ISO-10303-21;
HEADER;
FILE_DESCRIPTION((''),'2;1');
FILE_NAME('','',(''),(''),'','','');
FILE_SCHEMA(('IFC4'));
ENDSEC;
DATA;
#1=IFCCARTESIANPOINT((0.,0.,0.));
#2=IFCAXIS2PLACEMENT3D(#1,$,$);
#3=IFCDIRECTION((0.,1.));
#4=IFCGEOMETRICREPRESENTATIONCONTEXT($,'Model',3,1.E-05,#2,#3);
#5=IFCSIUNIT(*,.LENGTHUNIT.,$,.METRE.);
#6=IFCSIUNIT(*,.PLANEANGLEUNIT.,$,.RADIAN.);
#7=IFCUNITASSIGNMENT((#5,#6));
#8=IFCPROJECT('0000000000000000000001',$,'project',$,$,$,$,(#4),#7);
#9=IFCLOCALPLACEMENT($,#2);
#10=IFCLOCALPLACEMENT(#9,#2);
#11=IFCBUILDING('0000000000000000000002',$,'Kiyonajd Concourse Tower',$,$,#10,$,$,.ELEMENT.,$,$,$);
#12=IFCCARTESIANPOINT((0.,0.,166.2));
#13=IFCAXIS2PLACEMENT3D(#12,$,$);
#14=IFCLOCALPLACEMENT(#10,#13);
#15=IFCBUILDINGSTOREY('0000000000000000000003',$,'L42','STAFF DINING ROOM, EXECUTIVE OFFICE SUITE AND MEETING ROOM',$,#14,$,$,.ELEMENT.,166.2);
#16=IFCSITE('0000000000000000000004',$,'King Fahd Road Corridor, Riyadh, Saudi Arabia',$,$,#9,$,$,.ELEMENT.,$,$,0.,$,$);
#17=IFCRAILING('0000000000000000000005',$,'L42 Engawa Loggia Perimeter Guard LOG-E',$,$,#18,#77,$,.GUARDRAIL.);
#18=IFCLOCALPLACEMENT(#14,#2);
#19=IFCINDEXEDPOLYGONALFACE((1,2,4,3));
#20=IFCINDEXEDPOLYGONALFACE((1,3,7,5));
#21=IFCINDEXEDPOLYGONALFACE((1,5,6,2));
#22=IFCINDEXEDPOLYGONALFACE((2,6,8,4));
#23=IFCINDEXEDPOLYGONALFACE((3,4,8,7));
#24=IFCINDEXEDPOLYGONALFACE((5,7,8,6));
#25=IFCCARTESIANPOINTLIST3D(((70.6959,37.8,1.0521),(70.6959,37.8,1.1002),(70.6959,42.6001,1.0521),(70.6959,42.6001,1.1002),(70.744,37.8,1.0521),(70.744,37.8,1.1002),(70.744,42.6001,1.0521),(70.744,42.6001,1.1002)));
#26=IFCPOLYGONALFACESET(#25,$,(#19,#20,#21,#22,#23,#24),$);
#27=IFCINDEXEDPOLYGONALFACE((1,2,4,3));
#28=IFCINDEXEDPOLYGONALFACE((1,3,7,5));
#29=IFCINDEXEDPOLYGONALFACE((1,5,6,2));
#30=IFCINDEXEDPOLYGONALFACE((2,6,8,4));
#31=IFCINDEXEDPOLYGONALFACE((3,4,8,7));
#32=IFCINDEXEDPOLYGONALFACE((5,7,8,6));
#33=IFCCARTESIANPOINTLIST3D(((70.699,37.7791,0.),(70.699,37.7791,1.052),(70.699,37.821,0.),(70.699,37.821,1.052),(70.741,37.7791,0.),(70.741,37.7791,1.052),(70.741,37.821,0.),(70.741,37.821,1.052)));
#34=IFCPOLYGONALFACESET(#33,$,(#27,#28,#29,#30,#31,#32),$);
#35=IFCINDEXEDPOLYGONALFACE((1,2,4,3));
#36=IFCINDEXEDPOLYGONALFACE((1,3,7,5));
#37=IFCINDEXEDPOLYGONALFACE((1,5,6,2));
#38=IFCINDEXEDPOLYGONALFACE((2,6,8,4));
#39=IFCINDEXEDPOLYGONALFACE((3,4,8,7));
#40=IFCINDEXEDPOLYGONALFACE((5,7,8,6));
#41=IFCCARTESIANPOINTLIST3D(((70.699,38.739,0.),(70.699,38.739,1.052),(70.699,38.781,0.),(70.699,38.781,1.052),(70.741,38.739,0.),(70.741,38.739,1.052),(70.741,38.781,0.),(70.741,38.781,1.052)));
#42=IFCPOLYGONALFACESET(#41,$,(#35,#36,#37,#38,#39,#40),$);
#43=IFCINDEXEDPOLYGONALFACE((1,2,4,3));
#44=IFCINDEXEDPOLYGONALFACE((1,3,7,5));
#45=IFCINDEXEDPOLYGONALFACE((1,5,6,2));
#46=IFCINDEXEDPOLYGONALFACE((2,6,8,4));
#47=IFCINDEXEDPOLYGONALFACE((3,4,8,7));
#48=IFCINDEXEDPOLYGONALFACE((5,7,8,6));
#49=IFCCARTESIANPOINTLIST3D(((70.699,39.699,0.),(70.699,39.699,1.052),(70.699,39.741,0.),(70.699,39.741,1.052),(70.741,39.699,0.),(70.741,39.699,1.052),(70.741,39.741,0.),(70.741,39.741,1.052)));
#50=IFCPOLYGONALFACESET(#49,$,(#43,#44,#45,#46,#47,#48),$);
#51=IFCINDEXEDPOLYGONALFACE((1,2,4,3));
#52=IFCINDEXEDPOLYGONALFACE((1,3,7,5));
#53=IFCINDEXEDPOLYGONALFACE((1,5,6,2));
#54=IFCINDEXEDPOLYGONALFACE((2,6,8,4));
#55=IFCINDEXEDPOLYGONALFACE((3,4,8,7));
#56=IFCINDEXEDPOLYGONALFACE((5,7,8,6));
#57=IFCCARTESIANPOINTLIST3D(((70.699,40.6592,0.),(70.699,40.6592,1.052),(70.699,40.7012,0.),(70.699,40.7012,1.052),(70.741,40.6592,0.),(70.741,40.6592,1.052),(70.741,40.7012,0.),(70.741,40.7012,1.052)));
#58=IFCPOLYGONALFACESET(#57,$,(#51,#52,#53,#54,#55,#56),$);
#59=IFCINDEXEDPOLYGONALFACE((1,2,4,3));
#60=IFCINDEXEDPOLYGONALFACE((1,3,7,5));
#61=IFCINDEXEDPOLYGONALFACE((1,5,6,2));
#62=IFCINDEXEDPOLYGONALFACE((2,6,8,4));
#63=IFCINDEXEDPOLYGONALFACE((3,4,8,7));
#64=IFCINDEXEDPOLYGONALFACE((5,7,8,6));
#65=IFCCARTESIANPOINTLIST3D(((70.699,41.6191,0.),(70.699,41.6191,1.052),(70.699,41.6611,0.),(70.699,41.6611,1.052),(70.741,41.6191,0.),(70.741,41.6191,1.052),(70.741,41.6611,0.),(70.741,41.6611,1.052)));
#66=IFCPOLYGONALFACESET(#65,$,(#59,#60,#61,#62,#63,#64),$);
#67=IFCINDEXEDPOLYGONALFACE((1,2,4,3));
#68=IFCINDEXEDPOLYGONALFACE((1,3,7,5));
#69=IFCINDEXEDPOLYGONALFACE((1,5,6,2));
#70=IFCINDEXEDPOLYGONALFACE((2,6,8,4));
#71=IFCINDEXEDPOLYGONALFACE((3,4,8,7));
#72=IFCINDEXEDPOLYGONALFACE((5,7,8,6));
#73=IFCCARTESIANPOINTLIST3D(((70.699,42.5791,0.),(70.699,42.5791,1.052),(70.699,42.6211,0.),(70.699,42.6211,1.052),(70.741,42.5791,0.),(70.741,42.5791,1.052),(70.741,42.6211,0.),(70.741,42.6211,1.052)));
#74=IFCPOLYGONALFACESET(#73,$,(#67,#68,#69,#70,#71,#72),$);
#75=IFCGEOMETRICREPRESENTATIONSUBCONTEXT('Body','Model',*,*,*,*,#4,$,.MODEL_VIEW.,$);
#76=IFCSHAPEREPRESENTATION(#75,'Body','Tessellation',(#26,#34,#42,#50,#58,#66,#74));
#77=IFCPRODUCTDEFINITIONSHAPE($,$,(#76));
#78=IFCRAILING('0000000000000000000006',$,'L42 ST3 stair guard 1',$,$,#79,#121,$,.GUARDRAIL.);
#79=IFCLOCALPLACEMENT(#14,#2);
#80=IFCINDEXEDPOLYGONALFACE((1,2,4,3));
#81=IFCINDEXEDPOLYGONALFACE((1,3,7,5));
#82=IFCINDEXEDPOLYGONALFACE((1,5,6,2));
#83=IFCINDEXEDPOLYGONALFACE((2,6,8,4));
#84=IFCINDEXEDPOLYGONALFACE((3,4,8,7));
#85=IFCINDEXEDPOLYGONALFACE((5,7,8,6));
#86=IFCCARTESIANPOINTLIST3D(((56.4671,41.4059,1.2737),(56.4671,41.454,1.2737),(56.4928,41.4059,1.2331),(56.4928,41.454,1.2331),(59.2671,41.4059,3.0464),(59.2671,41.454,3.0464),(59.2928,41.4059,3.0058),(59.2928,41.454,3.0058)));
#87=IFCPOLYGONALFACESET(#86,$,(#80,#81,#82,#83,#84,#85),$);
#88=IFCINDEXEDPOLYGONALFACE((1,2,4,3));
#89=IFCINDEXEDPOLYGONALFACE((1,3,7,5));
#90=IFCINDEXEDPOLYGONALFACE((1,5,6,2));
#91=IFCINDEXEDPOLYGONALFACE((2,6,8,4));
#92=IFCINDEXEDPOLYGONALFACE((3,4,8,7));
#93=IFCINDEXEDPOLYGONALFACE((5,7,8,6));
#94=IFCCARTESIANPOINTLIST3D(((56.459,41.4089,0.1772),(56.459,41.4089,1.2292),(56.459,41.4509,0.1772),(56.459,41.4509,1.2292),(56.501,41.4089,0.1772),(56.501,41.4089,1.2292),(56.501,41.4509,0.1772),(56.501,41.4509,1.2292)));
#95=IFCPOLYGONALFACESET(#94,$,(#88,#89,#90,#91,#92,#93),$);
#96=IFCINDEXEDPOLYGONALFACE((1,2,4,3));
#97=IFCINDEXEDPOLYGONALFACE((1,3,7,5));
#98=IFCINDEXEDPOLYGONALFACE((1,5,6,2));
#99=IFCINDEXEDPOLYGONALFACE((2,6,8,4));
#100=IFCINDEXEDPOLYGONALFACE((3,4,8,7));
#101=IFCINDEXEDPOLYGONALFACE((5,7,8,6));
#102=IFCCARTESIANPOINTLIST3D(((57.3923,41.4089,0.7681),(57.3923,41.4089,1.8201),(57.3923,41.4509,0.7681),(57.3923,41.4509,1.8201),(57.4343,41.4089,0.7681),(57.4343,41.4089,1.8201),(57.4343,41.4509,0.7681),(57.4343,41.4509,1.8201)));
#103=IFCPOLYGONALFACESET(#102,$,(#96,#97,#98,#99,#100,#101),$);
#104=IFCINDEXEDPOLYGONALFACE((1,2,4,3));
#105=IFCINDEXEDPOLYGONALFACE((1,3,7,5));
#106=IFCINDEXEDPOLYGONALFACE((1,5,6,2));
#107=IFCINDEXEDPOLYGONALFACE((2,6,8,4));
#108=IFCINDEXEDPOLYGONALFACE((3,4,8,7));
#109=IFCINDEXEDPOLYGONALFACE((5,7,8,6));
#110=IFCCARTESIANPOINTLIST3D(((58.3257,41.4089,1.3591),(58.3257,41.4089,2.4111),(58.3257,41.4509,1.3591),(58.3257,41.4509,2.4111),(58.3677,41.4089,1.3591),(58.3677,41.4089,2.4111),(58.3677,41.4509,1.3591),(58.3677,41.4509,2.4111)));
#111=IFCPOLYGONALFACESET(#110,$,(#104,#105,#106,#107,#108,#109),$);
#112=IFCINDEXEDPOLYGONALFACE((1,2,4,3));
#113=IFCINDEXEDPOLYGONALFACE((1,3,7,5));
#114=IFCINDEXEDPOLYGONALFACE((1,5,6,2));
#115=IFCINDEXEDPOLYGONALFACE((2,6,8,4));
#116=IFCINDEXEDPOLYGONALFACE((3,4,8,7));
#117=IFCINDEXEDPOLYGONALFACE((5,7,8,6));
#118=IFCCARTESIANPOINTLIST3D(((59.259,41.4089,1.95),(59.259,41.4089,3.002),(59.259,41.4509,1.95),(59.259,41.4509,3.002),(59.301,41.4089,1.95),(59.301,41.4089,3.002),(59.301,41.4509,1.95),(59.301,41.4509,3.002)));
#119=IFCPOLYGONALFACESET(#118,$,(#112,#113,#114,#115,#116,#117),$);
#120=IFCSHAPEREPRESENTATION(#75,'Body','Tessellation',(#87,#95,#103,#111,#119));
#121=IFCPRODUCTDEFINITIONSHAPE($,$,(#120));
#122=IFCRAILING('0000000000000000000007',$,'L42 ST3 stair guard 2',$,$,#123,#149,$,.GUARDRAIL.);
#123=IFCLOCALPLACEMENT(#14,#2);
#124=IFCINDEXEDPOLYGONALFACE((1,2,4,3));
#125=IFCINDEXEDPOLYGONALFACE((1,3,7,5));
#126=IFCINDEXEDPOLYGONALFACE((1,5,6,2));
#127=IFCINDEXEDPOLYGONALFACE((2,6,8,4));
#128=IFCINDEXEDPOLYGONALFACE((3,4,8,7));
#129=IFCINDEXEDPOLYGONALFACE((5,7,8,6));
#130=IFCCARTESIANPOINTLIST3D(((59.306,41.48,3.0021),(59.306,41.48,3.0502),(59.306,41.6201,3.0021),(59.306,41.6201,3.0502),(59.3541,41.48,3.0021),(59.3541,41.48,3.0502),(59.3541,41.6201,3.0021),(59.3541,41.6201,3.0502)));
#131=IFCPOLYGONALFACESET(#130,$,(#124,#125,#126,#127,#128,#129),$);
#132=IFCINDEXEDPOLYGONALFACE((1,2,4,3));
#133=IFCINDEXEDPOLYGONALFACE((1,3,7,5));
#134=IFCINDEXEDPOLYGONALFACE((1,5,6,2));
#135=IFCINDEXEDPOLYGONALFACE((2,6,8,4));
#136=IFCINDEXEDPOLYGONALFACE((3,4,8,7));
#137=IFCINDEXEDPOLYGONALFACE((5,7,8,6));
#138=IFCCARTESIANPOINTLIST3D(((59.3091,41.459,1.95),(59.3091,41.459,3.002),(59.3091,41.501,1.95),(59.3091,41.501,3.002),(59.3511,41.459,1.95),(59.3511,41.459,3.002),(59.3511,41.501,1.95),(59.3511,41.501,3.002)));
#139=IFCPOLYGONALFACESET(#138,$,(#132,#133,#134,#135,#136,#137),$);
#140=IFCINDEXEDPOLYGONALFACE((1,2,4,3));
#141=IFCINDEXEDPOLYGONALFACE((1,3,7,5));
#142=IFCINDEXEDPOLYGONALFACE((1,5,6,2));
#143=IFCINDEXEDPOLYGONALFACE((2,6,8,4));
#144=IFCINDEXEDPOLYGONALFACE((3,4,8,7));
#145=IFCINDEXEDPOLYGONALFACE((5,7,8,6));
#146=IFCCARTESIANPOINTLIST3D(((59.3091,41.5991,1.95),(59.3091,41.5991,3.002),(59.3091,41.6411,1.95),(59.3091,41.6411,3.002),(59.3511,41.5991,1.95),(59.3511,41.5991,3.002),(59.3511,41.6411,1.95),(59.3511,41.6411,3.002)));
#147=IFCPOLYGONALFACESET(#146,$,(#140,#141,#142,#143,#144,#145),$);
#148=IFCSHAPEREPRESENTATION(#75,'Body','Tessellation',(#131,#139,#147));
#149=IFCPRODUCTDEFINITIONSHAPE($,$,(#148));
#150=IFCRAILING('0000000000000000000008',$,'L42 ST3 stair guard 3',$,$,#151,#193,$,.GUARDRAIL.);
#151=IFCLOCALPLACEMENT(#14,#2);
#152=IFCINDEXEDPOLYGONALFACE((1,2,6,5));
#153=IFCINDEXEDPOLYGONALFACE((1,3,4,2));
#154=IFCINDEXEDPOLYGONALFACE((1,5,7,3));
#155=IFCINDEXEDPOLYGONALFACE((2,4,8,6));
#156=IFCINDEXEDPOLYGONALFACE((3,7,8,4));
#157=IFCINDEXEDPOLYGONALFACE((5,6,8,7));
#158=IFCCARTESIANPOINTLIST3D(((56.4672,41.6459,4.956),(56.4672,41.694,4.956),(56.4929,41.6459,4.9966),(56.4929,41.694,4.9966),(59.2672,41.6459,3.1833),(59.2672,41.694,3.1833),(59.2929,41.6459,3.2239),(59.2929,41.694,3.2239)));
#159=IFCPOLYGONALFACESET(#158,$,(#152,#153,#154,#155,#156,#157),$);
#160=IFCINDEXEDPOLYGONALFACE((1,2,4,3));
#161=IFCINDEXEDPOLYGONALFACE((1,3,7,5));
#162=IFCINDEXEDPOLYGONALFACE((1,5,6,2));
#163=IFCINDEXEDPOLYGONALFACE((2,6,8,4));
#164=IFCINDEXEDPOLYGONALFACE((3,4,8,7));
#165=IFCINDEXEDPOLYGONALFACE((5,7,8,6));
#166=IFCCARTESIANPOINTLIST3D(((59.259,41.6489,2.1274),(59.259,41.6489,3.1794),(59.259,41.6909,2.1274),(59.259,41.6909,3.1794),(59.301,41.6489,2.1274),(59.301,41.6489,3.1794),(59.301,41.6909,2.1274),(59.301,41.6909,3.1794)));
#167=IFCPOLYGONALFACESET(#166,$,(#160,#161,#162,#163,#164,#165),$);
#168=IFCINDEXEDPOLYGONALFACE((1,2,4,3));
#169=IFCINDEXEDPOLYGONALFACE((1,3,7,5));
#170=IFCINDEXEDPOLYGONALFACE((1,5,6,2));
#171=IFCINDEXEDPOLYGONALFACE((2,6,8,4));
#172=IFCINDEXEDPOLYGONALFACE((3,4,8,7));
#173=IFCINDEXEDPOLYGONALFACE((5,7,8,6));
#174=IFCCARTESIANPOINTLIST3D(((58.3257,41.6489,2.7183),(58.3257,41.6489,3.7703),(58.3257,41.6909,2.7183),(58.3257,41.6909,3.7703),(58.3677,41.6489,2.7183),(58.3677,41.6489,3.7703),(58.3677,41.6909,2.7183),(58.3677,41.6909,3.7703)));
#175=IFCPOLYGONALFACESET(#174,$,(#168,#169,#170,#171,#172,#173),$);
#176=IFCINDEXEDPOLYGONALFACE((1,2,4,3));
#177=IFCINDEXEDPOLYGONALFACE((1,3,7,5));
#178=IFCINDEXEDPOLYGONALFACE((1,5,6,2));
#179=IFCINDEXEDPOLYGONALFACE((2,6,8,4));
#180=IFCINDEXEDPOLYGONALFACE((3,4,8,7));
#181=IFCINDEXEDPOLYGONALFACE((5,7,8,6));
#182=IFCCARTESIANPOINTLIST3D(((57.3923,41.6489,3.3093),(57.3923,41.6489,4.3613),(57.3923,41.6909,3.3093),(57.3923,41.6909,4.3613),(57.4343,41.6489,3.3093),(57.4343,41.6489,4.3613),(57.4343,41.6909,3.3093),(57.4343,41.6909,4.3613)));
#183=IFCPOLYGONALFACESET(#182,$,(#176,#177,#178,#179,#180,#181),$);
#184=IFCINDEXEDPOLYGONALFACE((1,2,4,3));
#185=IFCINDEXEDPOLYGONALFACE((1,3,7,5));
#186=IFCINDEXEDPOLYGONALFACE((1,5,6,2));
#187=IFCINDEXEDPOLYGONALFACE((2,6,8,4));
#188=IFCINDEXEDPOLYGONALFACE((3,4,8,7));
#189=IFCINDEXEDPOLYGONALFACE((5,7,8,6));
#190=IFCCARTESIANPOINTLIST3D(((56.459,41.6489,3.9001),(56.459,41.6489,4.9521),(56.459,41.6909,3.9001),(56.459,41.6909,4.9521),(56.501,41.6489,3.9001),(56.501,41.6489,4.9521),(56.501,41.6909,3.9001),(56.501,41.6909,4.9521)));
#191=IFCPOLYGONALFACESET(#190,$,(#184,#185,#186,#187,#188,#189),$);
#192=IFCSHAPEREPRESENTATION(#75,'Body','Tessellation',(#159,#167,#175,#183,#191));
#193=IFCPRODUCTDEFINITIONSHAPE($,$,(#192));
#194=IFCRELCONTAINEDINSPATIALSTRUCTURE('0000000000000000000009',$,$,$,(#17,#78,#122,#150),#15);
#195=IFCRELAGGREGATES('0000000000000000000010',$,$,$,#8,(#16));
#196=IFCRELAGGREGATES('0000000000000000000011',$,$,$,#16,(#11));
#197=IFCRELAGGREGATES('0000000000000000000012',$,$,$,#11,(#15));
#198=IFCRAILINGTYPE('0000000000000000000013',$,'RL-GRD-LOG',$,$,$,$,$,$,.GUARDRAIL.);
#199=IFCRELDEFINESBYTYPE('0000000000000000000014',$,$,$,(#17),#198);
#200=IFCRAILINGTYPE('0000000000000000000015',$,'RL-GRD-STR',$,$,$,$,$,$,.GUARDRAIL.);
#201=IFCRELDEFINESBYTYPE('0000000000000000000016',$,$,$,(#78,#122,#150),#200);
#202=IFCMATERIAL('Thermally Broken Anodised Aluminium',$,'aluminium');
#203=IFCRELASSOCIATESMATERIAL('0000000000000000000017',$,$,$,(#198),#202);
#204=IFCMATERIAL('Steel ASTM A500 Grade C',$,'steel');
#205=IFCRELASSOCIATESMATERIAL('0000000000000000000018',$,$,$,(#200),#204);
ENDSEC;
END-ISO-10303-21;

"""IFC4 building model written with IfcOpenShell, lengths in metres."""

from ifc_helpers import new_model, si_unit, direction, frame, origin, origin_2d, place, context, subcontext, project, spatial, rectangle, extrude, material, type_object, element, save


model = new_model("IFC4")

# Units and contexts
model_context = context("Model", 3, precision=1e-05, world=origin(), true_north=direction((0.0, 1.0)))
body_context = subcontext(model_context, "Body", "Model", "MODEL_VIEW")
ifc_project = project(units=[si_unit("LENGTHUNIT", "METRE"), si_unit("PLANEANGLEUNIT", "RADIAN")], contexts=[model_context])

# Site, building, storey
site_placement = place(None, origin())
site = spatial("IfcSite", under=ifc_project, at=site_placement, Name="King Fahd Road Corridor, Riyadh, Saudi Arabia", CompositionType="ELEMENT", RefElevation=0.0)
building_placement = place(site_placement, origin())
building = spatial("IfcBuilding", under=site, at=building_placement, Name="Kiyonajd Concourse Tower", CompositionType="ELEMENT")
storey_placement = place(building_placement, frame((0.0, 0.0, 166.2)))
storey = spatial("IfcBuildingStorey", under=building, at=storey_placement, Name="L42", Description="STAFF DINING ROOM, EXECUTIVE OFFICE SUITE AND MEETING ROOM", CompositionType="ELEMENT", Elevation=166.2)

# Shared definitions
ifc_material_1 = material(Name="Thermally Broken Anodised Aluminium", Category="aluminium")

# Railings
railing_type_1 = type_object("IfcRailingType", Name="RL-GRD-LOG", PredefinedType="GUARDRAIL", material=ifc_material_1)
railing_1_placement = place(storey_placement, frame((70.72, 37.8, 0.0)))
element("IfcRailing", 1, at=railing_1_placement, inside=storey, type_object=railing_type_1, Name="L42 Engawa Loggia Perimeter Guard LOG-E", PredefinedType="GUARDRAIL", context=body_context, shape_type="SweptSolid", body=[
    extrude(rectangle(XDim=0.0481, YDim=0.0481, at=origin_2d()), frame((0.0, 0.0, 1.0762), z_axis=(0.0, 1.0, 0.0), x_axis=(-1.0, 0.0, 0.0)), (0.0, 0.0, 1.0), 4.8),
    extrude(rectangle(XDim=0.042, YDim=0.042, at=origin_2d()), origin(), (0.0, 0.0, 1.0), 1.052),
    extrude(rectangle(XDim=0.042, YDim=0.042, at=origin_2d()), frame((0.0, 0.96, 0.0)), (0.0, 0.0, 1.0), 1.052),
    extrude(rectangle(XDim=0.042, YDim=0.042, at=origin_2d()), frame((0.0, 1.9199, 0.0)), (0.0, 0.0, 1.0), 1.052),
    extrude(rectangle(XDim=0.042, YDim=0.042, at=origin_2d()), frame((0.0, 2.8801, 0.0)), (0.0, 0.0, 1.0), 1.052),
    extrude(rectangle(XDim=0.042, YDim=0.042, at=origin_2d()), frame((0.0, 3.8401, 0.0)), (0.0, 0.0, 1.0), 1.052),
    extrude(rectangle(XDim=0.042, YDim=0.042, at=origin_2d()), frame((0.0, 4.8, 0.0)), (0.0, 0.0, 1.0), 1.052),
])
ifc_material_2 = material(Name="Steel ASTM A500 Grade C", Category="steel")
railing_type_2 = type_object("IfcRailingType", Name="RL-GRD-STR", PredefinedType="GUARDRAIL", material=ifc_material_2)
railing_2_placement = place(storey_placement, frame((56.48, 41.4299, 0.1772)))
element("IfcRailing", 2, at=railing_2_placement, inside=storey, type_object=railing_type_2, Name="L42 ST3 stair guard 1", PredefinedType="GUARDRAIL", context=body_context, shape_type="SweptSolid", body=[
    extrude(rectangle(XDim=0.0481, YDim=0.0481, at=origin_2d()), frame((0.0, 0.0, 1.0762), z_axis=(0.844909, 0.0, 0.53491), x_axis=(0.0, 1.0, 0.0)), (0.0, 0.0, 1.0), 3.314),
    extrude(rectangle(XDim=0.042, YDim=0.042, at=origin_2d()), origin(), (0.0, 0.0, 1.0), 1.052),
    extrude(rectangle(XDim=0.042, YDim=0.042, at=origin_2d()), frame((0.9333, 0.0, 0.5908)), (0.0, 0.0, 1.0), 1.052),
    extrude(rectangle(XDim=0.042, YDim=0.042, at=origin_2d()), frame((1.8667, 0.0, 1.1819)), (0.0, 0.0, 1.0), 1.052),
    extrude(rectangle(XDim=0.042, YDim=0.042, at=origin_2d()), frame((2.8, 0.0, 1.7727)), (0.0, 0.0, 1.0), 1.052),
])
railing_3_placement = place(storey_placement, frame((59.3301, 41.48, 1.95)))
element("IfcRailing", 3, at=railing_3_placement, inside=storey, type_object=railing_type_2, Name="L42 ST3 stair guard 2", PredefinedType="GUARDRAIL", context=body_context, shape_type="SweptSolid", body=[
    extrude(rectangle(XDim=0.0481, YDim=0.0481, at=origin_2d()), frame((0.0, 0.0, 1.0762), z_axis=(0.0, 1.0, 0.0), x_axis=(-1.0, 0.0, 0.0)), (0.0, 0.0, 1.0), 0.1401),
    extrude(rectangle(XDim=0.042, YDim=0.042, at=origin_2d()), origin(), (0.0, 0.0, 1.0), 1.052),
    extrude(rectangle(XDim=0.042, YDim=0.042, at=origin_2d()), frame((0.0, 0.1401, 0.0)), (0.0, 0.0, 1.0), 1.052),
])
railing_4_placement = place(storey_placement, frame((59.28, 41.6699, 2.1274)))
element("IfcRailing", 4, at=railing_4_placement, inside=storey, type_object=railing_type_2, Name="L42 ST3 stair guard 3", PredefinedType="GUARDRAIL", context=body_context, shape_type="SweptSolid", body=[
    extrude(rectangle(XDim=0.0481, YDim=0.0481, at=origin_2d()), frame((0.0, 0.0, 1.0762), z_axis=(-0.844909, 0.0, 0.53491), x_axis=(0.0, -1.0, 0.0)), (0.0, 0.0, 1.0), 3.314),
    extrude(rectangle(XDim=0.042, YDim=0.042, at=origin_2d()), origin(), (0.0, 0.0, 1.0), 1.052),
    extrude(rectangle(XDim=0.042, YDim=0.042, at=origin_2d()), frame((-0.9333, 0.0, 0.5908)), (0.0, 0.0, 1.0), 1.052),
    extrude(rectangle(XDim=0.042, YDim=0.042, at=origin_2d()), frame((-1.8667, 0.0, 1.1819)), (0.0, 0.0, 1.0), 1.052),
    extrude(rectangle(XDim=0.042, YDim=0.042, at=origin_2d()), frame((-2.8, 0.0, 1.7727)), (0.0, 0.0, 1.0), 1.052),
])

save(model, "model.ifc")
